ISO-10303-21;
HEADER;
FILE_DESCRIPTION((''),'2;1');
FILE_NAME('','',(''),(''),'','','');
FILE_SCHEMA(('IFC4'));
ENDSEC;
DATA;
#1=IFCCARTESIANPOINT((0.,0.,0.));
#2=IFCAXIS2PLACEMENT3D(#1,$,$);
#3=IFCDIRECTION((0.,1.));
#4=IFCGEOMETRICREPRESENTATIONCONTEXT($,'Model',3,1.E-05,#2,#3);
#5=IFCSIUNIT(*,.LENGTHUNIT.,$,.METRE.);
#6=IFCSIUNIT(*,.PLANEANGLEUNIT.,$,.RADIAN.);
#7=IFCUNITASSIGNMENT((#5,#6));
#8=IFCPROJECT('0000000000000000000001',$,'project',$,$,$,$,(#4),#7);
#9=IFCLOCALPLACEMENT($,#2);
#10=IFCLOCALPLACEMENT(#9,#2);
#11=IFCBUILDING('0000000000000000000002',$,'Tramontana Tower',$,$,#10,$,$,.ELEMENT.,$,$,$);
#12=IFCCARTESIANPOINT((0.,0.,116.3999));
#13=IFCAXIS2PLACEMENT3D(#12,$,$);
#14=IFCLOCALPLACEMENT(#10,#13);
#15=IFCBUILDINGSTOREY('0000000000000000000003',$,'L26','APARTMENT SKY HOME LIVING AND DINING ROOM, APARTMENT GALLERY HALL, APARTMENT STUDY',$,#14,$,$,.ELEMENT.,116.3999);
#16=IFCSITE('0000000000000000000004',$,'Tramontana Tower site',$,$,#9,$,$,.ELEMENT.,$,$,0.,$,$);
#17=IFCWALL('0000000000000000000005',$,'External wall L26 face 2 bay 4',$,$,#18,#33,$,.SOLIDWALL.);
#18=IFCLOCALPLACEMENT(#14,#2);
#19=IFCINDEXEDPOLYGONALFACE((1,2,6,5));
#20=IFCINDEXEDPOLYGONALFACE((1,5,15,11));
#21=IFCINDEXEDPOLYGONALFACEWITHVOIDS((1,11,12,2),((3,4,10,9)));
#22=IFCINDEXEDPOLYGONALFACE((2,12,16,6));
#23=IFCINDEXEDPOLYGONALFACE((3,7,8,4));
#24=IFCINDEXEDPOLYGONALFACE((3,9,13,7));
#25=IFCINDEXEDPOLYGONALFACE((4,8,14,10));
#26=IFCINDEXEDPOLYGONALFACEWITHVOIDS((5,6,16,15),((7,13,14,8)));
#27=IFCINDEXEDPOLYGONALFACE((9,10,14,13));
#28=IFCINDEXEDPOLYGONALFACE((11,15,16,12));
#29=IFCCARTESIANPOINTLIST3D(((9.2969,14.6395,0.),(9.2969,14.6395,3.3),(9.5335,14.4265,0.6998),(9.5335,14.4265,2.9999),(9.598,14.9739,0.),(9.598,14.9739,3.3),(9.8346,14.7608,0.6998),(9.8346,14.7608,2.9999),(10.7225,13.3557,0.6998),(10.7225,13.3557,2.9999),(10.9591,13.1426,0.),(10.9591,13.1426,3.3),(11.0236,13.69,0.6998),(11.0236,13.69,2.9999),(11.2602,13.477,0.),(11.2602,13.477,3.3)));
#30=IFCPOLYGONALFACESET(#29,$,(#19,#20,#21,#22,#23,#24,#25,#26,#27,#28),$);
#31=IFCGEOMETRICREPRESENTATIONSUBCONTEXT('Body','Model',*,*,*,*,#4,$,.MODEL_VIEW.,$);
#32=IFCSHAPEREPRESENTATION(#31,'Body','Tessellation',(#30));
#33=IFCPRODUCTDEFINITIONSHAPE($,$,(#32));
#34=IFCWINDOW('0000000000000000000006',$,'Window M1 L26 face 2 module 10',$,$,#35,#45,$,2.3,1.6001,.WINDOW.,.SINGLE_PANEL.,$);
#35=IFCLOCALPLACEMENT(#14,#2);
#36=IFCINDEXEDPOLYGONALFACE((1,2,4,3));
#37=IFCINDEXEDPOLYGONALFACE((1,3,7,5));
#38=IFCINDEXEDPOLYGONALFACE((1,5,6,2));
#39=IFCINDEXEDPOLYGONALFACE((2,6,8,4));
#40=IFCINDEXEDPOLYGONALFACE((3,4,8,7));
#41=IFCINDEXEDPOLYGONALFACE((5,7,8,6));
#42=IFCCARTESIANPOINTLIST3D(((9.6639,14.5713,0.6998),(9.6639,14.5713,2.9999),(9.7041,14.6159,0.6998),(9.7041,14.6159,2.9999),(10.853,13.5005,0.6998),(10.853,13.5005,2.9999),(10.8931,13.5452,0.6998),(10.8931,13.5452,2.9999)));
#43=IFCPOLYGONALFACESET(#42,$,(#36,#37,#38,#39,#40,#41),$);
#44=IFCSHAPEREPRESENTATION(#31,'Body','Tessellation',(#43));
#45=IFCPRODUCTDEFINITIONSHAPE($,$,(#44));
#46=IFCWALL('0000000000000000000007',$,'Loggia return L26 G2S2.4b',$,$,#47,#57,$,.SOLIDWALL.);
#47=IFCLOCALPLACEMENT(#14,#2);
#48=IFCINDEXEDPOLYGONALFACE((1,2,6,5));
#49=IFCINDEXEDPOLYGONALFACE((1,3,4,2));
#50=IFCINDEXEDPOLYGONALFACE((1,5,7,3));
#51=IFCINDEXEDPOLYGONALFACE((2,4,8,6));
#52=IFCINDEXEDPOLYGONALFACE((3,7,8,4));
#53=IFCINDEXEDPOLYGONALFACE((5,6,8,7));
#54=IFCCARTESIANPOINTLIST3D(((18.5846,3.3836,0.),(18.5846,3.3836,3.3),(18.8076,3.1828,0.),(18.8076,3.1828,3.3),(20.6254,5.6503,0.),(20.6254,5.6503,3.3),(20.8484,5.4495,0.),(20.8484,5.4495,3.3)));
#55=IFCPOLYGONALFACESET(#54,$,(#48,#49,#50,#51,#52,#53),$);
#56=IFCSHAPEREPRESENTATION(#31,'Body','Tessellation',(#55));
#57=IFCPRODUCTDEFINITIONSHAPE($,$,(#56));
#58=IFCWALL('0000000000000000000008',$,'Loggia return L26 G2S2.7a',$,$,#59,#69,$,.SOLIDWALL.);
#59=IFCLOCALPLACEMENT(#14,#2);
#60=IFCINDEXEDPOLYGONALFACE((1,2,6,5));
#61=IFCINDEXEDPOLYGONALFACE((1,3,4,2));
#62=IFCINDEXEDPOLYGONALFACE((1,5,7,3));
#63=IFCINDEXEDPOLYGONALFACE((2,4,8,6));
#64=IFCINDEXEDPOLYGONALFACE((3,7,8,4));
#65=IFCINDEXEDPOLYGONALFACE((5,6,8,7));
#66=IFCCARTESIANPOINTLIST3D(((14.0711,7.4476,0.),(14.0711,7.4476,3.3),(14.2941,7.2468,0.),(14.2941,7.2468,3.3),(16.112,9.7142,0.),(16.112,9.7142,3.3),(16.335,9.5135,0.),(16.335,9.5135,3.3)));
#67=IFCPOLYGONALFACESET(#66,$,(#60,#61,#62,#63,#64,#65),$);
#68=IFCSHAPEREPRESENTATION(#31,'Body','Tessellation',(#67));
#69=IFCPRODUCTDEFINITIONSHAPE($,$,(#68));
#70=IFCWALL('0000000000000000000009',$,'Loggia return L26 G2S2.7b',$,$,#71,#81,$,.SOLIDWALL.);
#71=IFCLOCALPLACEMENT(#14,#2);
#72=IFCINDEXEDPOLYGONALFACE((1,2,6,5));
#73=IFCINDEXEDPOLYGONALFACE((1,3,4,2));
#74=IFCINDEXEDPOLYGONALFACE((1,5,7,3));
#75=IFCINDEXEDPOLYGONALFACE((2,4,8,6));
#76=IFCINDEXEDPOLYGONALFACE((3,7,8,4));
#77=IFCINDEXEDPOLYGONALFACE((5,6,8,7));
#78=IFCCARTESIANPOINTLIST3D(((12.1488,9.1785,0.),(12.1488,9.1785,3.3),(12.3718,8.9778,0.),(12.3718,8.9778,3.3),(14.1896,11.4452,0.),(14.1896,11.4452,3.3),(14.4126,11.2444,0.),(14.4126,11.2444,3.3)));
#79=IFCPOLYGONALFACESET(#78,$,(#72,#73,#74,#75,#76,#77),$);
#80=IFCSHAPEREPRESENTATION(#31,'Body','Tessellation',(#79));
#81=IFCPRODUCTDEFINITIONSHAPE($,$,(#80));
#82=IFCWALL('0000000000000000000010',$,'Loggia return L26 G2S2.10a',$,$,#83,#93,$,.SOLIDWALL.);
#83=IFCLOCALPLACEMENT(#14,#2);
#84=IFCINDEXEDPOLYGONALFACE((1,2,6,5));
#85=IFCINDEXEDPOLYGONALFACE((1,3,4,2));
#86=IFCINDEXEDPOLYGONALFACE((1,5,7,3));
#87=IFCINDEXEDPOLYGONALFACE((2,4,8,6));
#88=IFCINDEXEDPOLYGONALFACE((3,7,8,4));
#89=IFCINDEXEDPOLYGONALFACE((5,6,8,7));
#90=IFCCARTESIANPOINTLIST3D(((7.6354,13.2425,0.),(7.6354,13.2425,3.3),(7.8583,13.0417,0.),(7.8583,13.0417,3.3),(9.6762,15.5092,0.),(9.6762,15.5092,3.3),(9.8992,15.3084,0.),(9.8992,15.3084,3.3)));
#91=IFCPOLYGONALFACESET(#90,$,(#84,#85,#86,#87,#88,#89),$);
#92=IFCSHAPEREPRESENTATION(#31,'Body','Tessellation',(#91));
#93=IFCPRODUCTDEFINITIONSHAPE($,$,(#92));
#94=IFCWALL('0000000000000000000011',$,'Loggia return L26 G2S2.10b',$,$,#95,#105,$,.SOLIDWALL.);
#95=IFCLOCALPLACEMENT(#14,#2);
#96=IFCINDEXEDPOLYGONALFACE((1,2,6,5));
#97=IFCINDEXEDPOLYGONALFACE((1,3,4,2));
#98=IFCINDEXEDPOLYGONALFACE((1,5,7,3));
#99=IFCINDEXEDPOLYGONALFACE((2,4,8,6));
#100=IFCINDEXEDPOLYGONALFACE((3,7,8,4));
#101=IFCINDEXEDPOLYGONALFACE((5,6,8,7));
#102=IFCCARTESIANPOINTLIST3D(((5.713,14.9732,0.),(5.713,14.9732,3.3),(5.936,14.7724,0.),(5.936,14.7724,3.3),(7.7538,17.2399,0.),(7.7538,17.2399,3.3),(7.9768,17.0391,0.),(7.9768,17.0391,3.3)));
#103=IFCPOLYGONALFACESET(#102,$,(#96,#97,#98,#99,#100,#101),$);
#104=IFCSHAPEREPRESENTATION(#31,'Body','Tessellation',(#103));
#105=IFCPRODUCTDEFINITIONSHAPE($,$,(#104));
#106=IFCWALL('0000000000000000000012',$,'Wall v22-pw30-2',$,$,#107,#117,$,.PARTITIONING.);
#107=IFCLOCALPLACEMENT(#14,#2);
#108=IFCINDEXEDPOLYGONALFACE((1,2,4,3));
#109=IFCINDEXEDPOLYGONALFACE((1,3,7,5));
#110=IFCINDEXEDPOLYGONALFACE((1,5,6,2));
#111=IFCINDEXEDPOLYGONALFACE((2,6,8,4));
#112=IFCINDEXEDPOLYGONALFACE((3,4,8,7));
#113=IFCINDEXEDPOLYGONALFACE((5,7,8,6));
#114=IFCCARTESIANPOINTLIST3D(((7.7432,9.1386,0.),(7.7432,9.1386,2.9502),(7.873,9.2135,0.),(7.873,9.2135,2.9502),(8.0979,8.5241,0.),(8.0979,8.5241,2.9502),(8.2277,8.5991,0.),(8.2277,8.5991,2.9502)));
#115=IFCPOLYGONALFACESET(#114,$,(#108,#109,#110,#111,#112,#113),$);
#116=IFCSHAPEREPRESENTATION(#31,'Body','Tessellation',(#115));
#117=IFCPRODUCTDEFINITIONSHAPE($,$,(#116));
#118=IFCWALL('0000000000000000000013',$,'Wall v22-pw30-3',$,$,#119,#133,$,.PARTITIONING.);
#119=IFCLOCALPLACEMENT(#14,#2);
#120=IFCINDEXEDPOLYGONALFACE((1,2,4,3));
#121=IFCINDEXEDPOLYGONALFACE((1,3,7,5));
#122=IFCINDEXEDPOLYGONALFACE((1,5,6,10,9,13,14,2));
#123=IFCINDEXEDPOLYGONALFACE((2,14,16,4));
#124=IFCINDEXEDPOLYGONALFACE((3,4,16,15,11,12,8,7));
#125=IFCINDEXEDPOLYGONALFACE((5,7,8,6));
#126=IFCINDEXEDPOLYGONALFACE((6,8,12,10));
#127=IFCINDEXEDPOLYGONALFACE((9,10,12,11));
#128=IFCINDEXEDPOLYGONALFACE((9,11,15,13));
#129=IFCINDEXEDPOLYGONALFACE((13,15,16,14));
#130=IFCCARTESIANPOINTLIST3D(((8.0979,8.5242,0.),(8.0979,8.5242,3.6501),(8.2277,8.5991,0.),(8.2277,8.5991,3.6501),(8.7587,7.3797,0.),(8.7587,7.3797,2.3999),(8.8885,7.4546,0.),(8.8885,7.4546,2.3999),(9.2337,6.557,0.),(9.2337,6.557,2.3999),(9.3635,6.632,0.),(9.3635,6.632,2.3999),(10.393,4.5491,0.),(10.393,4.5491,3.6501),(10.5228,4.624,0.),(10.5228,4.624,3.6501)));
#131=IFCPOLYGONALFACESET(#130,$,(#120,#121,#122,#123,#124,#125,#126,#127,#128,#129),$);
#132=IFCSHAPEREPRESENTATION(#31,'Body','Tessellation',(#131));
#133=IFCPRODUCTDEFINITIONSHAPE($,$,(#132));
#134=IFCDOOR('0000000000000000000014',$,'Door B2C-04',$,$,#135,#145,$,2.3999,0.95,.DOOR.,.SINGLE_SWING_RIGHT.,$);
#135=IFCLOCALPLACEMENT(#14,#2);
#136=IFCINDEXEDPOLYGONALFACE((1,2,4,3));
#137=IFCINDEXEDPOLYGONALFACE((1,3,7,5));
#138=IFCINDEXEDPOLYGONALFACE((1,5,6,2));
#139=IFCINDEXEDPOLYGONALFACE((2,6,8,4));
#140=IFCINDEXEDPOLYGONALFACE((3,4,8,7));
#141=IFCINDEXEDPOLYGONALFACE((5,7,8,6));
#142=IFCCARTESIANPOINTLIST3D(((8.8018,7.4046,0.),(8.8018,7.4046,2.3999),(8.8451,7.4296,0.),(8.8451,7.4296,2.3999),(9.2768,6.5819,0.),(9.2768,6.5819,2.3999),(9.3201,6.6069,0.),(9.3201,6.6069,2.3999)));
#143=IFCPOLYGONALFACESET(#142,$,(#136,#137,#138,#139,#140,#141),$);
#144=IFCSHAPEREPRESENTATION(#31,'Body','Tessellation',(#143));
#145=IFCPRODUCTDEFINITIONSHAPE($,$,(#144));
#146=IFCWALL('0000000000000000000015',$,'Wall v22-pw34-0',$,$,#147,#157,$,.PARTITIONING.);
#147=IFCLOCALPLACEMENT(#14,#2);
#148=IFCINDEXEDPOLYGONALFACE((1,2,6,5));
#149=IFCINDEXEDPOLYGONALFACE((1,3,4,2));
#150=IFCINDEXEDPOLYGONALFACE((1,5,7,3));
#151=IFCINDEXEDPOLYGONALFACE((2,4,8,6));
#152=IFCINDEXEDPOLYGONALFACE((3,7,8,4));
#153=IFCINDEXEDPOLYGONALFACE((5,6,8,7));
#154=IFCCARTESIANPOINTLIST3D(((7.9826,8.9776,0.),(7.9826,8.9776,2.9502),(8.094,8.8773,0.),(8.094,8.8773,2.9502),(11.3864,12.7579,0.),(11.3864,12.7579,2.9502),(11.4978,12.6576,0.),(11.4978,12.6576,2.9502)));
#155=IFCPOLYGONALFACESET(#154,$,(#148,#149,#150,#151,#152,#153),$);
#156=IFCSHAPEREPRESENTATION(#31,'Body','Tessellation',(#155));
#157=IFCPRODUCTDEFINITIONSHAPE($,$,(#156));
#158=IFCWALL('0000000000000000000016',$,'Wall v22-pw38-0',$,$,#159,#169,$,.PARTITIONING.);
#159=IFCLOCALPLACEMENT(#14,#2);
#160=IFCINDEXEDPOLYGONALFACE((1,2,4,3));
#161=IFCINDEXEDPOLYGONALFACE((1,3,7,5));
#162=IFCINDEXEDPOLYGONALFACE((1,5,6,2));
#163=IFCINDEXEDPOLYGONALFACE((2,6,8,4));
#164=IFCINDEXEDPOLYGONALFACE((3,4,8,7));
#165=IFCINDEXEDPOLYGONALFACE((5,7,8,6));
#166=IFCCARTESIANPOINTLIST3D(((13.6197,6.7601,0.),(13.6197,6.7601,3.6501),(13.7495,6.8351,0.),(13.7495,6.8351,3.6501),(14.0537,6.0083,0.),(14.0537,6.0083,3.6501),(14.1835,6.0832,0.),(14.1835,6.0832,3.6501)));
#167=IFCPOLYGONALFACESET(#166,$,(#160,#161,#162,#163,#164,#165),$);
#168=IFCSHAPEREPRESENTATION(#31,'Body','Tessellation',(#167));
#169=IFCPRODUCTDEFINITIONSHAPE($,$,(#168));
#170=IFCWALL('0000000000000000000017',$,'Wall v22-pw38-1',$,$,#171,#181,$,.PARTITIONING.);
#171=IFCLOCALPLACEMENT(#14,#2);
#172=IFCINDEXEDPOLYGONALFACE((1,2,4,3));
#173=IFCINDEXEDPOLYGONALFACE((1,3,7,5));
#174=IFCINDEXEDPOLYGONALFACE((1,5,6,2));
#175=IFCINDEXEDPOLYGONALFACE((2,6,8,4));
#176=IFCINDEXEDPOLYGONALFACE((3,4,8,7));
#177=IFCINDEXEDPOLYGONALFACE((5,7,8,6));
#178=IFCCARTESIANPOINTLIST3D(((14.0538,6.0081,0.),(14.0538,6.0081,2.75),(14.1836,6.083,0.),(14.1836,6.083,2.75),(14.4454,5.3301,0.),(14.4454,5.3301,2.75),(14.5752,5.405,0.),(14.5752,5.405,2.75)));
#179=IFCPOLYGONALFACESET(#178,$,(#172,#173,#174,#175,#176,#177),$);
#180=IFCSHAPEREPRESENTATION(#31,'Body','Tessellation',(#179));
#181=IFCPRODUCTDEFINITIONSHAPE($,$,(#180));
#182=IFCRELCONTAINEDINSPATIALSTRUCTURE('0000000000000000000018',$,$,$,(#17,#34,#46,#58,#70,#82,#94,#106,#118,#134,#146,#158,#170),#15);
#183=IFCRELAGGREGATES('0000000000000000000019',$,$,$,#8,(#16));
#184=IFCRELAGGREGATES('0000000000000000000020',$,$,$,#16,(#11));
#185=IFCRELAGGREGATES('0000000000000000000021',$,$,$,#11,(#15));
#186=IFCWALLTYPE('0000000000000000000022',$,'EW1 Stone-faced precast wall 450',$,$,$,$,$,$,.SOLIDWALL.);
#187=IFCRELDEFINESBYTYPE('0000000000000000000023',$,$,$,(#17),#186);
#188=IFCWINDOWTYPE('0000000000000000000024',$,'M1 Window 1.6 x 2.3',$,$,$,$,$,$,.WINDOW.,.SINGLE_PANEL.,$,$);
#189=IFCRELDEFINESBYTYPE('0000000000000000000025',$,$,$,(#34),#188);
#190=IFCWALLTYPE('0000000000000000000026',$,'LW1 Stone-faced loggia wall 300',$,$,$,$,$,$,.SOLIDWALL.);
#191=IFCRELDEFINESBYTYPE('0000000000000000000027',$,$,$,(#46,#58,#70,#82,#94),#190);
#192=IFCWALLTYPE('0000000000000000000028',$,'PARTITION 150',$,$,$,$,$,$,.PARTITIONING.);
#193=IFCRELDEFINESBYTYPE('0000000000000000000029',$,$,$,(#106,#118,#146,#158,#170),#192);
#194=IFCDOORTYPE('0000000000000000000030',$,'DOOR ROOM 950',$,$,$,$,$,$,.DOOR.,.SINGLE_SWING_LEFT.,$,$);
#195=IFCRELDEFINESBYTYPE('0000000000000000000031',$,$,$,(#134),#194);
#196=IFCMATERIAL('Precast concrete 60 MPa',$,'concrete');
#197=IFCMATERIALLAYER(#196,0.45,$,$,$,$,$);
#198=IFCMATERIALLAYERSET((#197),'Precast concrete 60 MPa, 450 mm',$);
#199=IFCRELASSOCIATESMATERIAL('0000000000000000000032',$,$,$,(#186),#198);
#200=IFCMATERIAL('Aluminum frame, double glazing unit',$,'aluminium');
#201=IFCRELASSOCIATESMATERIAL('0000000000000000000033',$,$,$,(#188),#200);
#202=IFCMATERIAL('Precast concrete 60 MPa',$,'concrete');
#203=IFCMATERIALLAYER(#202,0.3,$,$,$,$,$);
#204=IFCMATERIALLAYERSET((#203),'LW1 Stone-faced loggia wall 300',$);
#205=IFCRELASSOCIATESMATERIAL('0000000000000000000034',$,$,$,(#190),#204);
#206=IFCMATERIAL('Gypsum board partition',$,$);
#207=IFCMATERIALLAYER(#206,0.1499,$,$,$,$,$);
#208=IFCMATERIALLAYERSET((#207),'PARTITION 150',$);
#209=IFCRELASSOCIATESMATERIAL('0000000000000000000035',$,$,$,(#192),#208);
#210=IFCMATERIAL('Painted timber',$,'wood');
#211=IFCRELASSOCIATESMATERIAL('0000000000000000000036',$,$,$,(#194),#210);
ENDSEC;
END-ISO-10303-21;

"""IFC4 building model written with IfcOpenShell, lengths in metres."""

from ifc_helpers import new_model, si_unit, direction, frame, frame_2d, origin, place, context, subcontext, project, spatial, rectangle, extrude, material, layer, layer_set, type_object, element, fill, save


model = new_model("IFC4")

# Units and contexts
model_context = context("Model", 3, precision=1e-05, world=origin(), true_north=direction((0.0, 1.0)))
body_context = subcontext(model_context, "Body", "Model", "MODEL_VIEW")
ifc_project = project(units=[si_unit("LENGTHUNIT", "METRE"), si_unit("PLANEANGLEUNIT", "RADIAN")], contexts=[model_context])

# Site, building, storey
site_placement = place(None, origin())
site = spatial("IfcSite", under=ifc_project, at=site_placement, Name="Tramontana Tower site", CompositionType="ELEMENT", RefElevation=0.0)
building_placement = place(site_placement, origin())
building = spatial("IfcBuilding", under=site, at=building_placement, Name="Tramontana Tower", CompositionType="ELEMENT")
storey_placement = place(building_placement, frame((0.0, 0.0, 116.3999)))
storey = spatial("IfcBuildingStorey", under=building, at=storey_placement, Name="L26", Description="APARTMENT SKY HOME LIVING AND DINING ROOM, APARTMENT GALLERY HALL, APARTMENT STUDY", CompositionType="ELEMENT", Elevation=116.3999)

# Wall, opening, window
ifc_material_1 = material(Name="Precast concrete 60 MPa", Category="concrete")
ifc_layer_1 = layer(ifc_material_1, 0.45)
ifc_layer_set_1 = layer_set([ifc_layer_1], Name="Precast concrete 60 MPa, 450 mm")
wall_type_1 = type_object("IfcWallType", Name="EW1 Stone-faced precast wall 450", PredefinedType="SOLIDWALL", material=ifc_layer_set_1)
ifc_material_2 = material(Name="Aluminum frame, double glazing unit", Category="aluminium")
window_type = type_object("IfcWindowType", Name="M1 Window 1.6 x 2.3", PartitioningType="SINGLE_PANEL", PredefinedType="WINDOW", material=ifc_material_2)
wall_1_placement = place(storey_placement, frame((11.1096, 13.3098, 0.0), z_axis=(0.0, 0.0, 1.0), x_axis=(-0.743088, 0.669194, 0.0)))
wall_1 = element("IfcWall", 1, at=wall_1_placement, inside=storey, type_object=wall_type_1, Name="External wall L26 face 2 bay 4", PredefinedType="SOLIDWALL", context=body_context, shape_type="SweptSolid", body=[
    extrude(rectangle(XDim=2.2368, YDim=0.45, at=frame_2d((1.1184, 0.0))), origin(), (0.0, 0.0, 1.0), 3.3),
])
opening_1_placement = place(wall_1_placement, frame((0.3184, 0.0, 0.7)))
opening_1 = element("IfcOpeningElement", 2, at=opening_1_placement, cuts=wall_1, PredefinedType="OPENING", context=body_context, shape_type="SweptSolid", body=[
    extrude(rectangle(XDim=1.6001, YDim=2.3, at=frame_2d((0.8, 1.1499))), frame((0.0, 0.2349, 0.0), z_axis=(0.0, -1.0, 0.0), x_axis=(1.0, 0.0, 0.0)), (0.0, 0.0, 1.0), 0.47),
])
window_1_placement = place(opening_1_placement, origin())
window_1 = element("IfcWindow", 3, at=window_1_placement, inside=storey, type_object=window_type, Name="Window M1 L26 face 2 module 10", OverallHeight=2.3, OverallWidth=1.6001, PartitioningType="SINGLE_PANEL", PredefinedType="WINDOW", context=body_context, shape_type="SweptSolid", body=[
    extrude(rectangle(XDim=1.6001, YDim=2.3, at=frame_2d((0.8, 1.1499))), frame((0.0, 0.03, 0.0), z_axis=(0.0, -1.0, 0.0), x_axis=(1.0, 0.0, 0.0)), (0.0, 0.0, 1.0), 0.0601),
])
fill(opening_1, window_1)

# Wall
ifc_material_3 = material(Name="Precast concrete 60 MPa", Category="concrete")
ifc_layer_2 = layer(ifc_material_3, 0.3)
ifc_layer_set_2 = layer_set([ifc_layer_2], Name="LW1 Stone-faced loggia wall 300")
wall_type_2 = type_object("IfcWallType", Name="LW1 Stone-faced loggia wall 300", PredefinedType="SOLIDWALL", material=ifc_layer_set_2)
wall_2_placement = place(storey_placement, frame((20.7368, 5.5498, 0.0), z_axis=(0.0, 0.0, 1.0), x_axis=(-0.669115, -0.743159, 0.0)))
element("IfcWall", 4, at=wall_2_placement, inside=storey, type_object=wall_type_2, Name="Loggia return L26 G2S2.4b", PredefinedType="SOLIDWALL", context=body_context, shape_type="SweptSolid", body=[
    extrude(rectangle(XDim=3.05, YDim=0.3, at=frame_2d((1.5249, 0.0))), origin(), (0.0, 0.0, 1.0), 3.3),
])

# Walls
for number, where, z_axis, x_axis, name in (
    (5, (16.2234, 9.6138, 0.0), (0.0, 0.0, 1.0), (-0.669115, -0.743159, 0.0), "Loggia return L26 G2S2.7a"),
    (6, (14.301, 11.3447, 0.0), (0.0, 0.0, 1.0), (-0.669115, -0.743159, 0.0), "Loggia return L26 G2S2.7b"),
):
    element("IfcWall", number, at=place(storey_placement, frame(where, z_axis=z_axis, x_axis=x_axis)), inside=storey, type_object=wall_type_2, Name=name, PredefinedType="SOLIDWALL", context=body_context, shape_type="SweptSolid", body=[
        extrude(rectangle(XDim=3.05, YDim=0.3, at=frame_2d((1.5249, 0.0))), origin(), (0.0, 0.0, 1.0), 3.3),
    ])

# Walls
for number, where, z_axis, x_axis, name in (
    (7, (9.7876, 15.4087, 0.0), (0.0, 0.0, 1.0), (-0.669115, -0.743159, 0.0), "Loggia return L26 G2S2.10a"),
    (8, (7.8652, 17.1394, 0.0), (0.0, 0.0, 1.0), (-0.669115, -0.743159, 0.0), "Loggia return L26 G2S2.10b"),
):
    element("IfcWall", number, at=place(storey_placement, frame(where, z_axis=z_axis, x_axis=x_axis)), inside=storey, type_object=wall_type_2, Name=name, PredefinedType="SOLIDWALL", context=body_context, shape_type="SweptSolid", body=[
        extrude(rectangle(XDim=3.05, YDim=0.3, at=frame_2d((1.5249, 0.0))), origin(), (0.0, 0.0, 1.0), 3.3),
    ])
ifc_material_4 = material(Name="Gypsum board partition")
ifc_layer_3 = layer(ifc_material_4, 0.1499)
ifc_layer_set_3 = layer_set([ifc_layer_3], Name="PARTITION 150")
wall_type_3 = type_object("IfcWallType", Name="PARTITION 150", PredefinedType="PARTITIONING", material=ifc_layer_set_3)
wall_3_placement = place(storey_placement, frame((7.8081, 9.176, 0.0), z_axis=(0.0, 0.0, 1.0), x_axis=(0.499951, -0.866054, 0.0)))
element("IfcWall", 9, at=wall_3_placement, inside=storey, type_object=wall_type_3, Name="Wall v22-pw30-2", PredefinedType="PARTITIONING", context=body_context, shape_type="SweptSolid", body=[
    extrude(rectangle(XDim=0.7095, YDim=0.1499, at=frame_2d((0.3547, 0.0))), origin(), (0.0, 0.0, 1.0), 2.9502),
])

# Wall, opening, door
wall_4_placement = place(storey_placement, frame((8.1628, 8.5615, 0.0), z_axis=(0.0, 0.0, 1.0), x_axis=(0.500023, -0.866012, 0.0)))
wall_4 = element("IfcWall", 10, at=wall_4_placement, inside=storey, type_object=wall_type_3, Name="Wall v22-pw30-3", PredefinedType="PARTITIONING", context=body_context, shape_type="SweptSolid", body=[
    extrude(rectangle(XDim=4.5901, YDim=0.1499, at=frame_2d((2.2949, 0.0))), origin(), (0.0, 0.0, 1.0), 3.6501),
])
opening_2_placement = place(wall_4_placement, frame((1.3213, 0.0, 0.0)))
opening_2 = element("IfcOpeningElement", 11, at=opening_2_placement, cuts=wall_4, PredefinedType="OPENING", context=body_context, shape_type="SweptSolid", body=[
    extrude(rectangle(XDim=0.95, YDim=2.3999, at=frame_2d((0.4751, 1.2))), frame((0.0, 0.085, 0.0), z_axis=(0.0, -1.0, 0.0), x_axis=(1.0, 0.0, 0.0)), (0.0, 0.0, 1.0), 0.1699),
])
ifc_material_5 = material(Name="Painted timber", Category="wood")
door_type_1 = type_object("IfcDoorType", Name="DOOR ROOM 950", OperationType="SINGLE_SWING_LEFT", PredefinedType="DOOR", material=ifc_material_5)
door_1_placement = place(opening_2_placement, origin())
door_1 = element("IfcDoor", 12, at=door_1_placement, inside=storey, type_object=door_type_1, Name="Door B2C-04", OperationType="SINGLE_SWING_RIGHT", OverallHeight=2.3999, OverallWidth=0.95, PredefinedType="DOOR", context=body_context, shape_type="SweptSolid", body=[
    extrude(rectangle(XDim=0.95, YDim=2.3999, at=frame_2d((0.4751, 1.2))), frame((0.0, 0.0249, 0.0), z_axis=(0.0, -1.0, 0.0), x_axis=(1.0, 0.0, 0.0)), (0.0, 0.0, 1.0), 0.05),
])
fill(opening_2, door_1)

# Walls
wall_5_placement = place(storey_placement, frame((11.4421, 12.7078, 0.0), z_axis=(0.0, 0.0, 1.0), x_axis=(-0.669134, -0.743141, 0.0)))
element("IfcWall", 13, at=wall_5_placement, inside=storey, type_object=wall_type_3, Name="Wall v22-pw34-0", PredefinedType="PARTITIONING", context=body_context, shape_type="SweptSolid", body=[
    extrude(rectangle(XDim=5.0869, YDim=0.1499, at=frame_2d((2.5435, 0.0))), origin(), (0.0, 0.0, 1.0), 2.9502),
])
wall_6_placement = place(storey_placement, frame((13.6846, 6.7976, 0.0), z_axis=(0.0, 0.0, 1.0), x_axis=(0.49995, -0.866054, 0.0)))
element("IfcWall", 14, at=wall_6_placement, inside=storey, type_object=wall_type_3, Name="Wall v22-pw38-0", PredefinedType="PARTITIONING", context=body_context, shape_type="SweptSolid", body=[
    extrude(rectangle(XDim=0.8682, YDim=0.1499, at=frame_2d((0.4341, 0.0))), origin(), (0.0, 0.0, 1.0), 3.6501),
])
wall_7_placement = place(storey_placement, frame((14.1187, 6.0457, 0.0), z_axis=(0.0, 0.0, 1.0), x_axis=(0.500163, -0.865931, 0.0)))
element("IfcWall", 15, at=wall_7_placement, inside=storey, type_object=wall_type_3, Name="Wall v22-pw38-1", PredefinedType="PARTITIONING", context=body_context, shape_type="SweptSolid", body=[
    extrude(rectangle(XDim=0.783, YDim=0.1499, at=frame_2d((0.3916, 0.0))), origin(), (0.0, 0.0, 1.0), 2.75),
])

save(model, "model.ifc")
